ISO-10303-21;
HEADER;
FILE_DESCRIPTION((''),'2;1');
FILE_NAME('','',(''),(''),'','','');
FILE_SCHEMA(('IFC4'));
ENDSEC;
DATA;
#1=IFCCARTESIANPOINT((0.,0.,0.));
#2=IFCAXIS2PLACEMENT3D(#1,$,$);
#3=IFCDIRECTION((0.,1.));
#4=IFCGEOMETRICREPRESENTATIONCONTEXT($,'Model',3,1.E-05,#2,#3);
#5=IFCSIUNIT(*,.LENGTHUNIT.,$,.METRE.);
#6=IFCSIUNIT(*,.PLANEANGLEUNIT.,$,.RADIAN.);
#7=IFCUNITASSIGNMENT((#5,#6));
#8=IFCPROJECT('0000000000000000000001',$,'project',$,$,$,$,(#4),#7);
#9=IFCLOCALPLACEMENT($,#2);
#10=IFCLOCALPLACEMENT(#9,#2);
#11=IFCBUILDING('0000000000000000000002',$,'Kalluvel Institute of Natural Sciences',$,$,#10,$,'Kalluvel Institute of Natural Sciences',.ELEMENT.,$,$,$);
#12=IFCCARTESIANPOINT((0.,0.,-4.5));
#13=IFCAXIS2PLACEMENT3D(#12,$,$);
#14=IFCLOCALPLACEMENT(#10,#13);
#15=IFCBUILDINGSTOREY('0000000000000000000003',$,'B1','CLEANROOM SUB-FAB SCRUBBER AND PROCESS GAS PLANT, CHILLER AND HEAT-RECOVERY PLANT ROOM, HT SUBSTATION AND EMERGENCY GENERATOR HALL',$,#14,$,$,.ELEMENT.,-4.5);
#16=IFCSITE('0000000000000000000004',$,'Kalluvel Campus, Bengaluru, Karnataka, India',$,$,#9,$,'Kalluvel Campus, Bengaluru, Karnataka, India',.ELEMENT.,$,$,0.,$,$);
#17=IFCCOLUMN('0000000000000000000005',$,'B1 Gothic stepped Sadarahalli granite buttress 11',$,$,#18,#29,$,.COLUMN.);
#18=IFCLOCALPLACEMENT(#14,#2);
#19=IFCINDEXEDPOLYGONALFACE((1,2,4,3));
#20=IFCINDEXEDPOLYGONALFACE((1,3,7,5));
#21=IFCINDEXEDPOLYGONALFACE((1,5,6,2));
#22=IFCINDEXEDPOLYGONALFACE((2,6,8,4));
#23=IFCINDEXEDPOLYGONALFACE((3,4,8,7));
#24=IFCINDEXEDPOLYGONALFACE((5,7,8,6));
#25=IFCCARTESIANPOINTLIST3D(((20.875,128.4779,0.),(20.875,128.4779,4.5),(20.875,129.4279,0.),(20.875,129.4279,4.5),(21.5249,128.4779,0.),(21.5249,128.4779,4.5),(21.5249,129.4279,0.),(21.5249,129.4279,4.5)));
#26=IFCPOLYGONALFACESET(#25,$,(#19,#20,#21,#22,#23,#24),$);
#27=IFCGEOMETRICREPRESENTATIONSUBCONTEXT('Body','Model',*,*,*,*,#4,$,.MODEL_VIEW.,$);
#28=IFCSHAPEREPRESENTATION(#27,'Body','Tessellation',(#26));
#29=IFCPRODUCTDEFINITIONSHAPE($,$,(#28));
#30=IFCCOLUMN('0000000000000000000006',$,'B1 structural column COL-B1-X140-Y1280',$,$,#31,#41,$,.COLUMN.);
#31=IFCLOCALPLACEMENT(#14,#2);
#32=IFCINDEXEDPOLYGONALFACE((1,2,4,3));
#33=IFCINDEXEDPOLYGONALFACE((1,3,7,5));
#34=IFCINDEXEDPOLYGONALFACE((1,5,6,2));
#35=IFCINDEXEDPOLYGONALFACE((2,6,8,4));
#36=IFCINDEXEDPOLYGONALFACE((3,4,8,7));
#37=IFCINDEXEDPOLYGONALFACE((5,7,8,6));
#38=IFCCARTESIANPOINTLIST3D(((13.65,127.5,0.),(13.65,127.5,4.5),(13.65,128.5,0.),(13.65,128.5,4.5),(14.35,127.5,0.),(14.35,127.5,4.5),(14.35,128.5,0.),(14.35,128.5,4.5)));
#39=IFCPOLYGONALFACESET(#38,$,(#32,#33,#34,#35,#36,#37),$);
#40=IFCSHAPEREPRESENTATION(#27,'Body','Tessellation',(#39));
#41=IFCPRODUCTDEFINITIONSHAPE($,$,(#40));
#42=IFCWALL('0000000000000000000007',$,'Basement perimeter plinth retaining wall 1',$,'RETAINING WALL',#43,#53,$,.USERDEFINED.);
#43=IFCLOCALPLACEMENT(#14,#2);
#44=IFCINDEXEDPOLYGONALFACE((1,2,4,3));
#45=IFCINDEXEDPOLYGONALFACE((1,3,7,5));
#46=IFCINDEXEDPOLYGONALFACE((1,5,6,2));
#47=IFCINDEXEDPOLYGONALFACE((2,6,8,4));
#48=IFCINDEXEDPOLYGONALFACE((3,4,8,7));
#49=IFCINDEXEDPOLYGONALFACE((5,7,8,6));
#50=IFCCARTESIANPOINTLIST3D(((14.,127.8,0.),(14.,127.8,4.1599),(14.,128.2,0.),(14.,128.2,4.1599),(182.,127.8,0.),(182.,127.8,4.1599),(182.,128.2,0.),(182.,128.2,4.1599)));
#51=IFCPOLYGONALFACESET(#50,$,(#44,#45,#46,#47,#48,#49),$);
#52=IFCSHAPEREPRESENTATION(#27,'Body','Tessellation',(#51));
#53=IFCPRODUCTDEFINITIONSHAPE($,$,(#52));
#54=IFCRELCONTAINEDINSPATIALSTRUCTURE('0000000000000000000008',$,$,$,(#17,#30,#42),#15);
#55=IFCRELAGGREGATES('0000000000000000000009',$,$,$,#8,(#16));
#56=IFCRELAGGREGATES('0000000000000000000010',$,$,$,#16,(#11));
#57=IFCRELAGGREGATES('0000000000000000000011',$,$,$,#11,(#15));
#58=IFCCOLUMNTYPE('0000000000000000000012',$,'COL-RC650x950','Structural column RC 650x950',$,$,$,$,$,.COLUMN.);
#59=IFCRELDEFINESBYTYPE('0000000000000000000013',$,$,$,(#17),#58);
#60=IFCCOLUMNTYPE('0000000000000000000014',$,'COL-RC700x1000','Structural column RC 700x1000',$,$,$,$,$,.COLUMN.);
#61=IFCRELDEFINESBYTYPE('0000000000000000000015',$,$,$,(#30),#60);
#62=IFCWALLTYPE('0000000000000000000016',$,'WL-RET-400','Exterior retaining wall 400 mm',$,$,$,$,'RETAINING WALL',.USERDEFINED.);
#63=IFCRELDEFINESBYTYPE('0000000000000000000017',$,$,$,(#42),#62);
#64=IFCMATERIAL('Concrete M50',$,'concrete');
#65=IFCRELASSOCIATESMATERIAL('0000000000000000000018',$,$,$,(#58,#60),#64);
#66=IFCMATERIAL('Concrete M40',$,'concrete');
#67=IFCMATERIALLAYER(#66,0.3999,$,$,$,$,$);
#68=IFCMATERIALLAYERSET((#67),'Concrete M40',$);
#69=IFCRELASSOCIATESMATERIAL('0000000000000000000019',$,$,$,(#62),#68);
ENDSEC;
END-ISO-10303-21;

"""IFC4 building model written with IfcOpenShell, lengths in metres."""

from ifc_helpers import new_model, si_unit, direction, frame, frame_2d, origin, origin_2d, place, context, subcontext, project, spatial, rectangle, extrude, material, layer, layer_set, material_profile, profile_set, type_object, element, save


model = new_model("IFC4")

# Units and contexts
model_context = context("Model", 3, precision=1e-05, world=origin(), true_north=direction((0.0, 1.0)))
body_context = subcontext(model_context, "Body", "Model", "MODEL_VIEW")
ifc_project = project(units=[si_unit("LENGTHUNIT", "METRE"), si_unit("PLANEANGLEUNIT", "RADIAN")], contexts=[model_context])

# Site, building, storey
site_placement = place(None, origin())
site = spatial("IfcSite", under=ifc_project, at=site_placement, Name="Kalluvel Campus, Bengaluru, Karnataka, India", LongName="Kalluvel Campus, Bengaluru, Karnataka, India", CompositionType="ELEMENT", RefElevation=0.0)
building_placement = place(site_placement, origin())
building = spatial("IfcBuilding", under=site, at=building_placement, Name="Kalluvel Institute of Natural Sciences", LongName="Kalluvel Institute of Natural Sciences", CompositionType="ELEMENT")
storey_placement = place(building_placement, frame((0.0, 0.0, -4.5)))
storey = spatial("IfcBuildingStorey", under=building, at=storey_placement, Name="B1", Description="CLEANROOM SUB-FAB SCRUBBER AND PROCESS GAS PLANT, CHILLER AND HEAT-RECOVERY PLANT ROOM, HT SUBSTATION AND EMERGENCY GENERATOR HALL", CompositionType="ELEMENT", Elevation=-4.5)

# Shared definitions
ifc_material_1 = material(Name="Concrete M40", Category="concrete")

# Columns
ifc_material_2 = material(Name="Concrete M50", Category="concrete")
ifc_material_profile_1 = material_profile(ifc_material_2, rectangle(XDim=0.6499, YDim=0.95, at=origin_2d()), Name="RC 650x950")
ifc_profile_set_1 = profile_set([ifc_material_profile_1], Name="Concrete M50")
column_type_1 = type_object("IfcColumnType", Name="COL-RC650x950", Description="Structural column RC 650x950", PredefinedType="COLUMN", material=ifc_profile_set_1)
for number, where, z_axis, x_axis, name in (
    (1, (21.2, 128.9529, 0.0), (0.0, 0.0, 1.0), (1.0, 0.0, 0.0), "B1 Gothic stepped Sadarahalli granite buttress 11"),
):
    element("IfcColumn", number, at=place(storey_placement, frame(where, z_axis=z_axis, x_axis=x_axis)), inside=storey, type_object=column_type_1, Name=name, PredefinedType="COLUMN", context=body_context, shape_type="SweptSolid", body=[
        extrude(rectangle(XDim=0.6499, YDim=0.95, at=origin_2d()), origin(), (0.0, 0.0, 1.0), 4.5),
    ])
ifc_material_profile_2 = material_profile(ifc_material_2, rectangle(XDim=0.7, YDim=1.0, at=origin_2d()), Name="RC 700x1000")
ifc_profile_set_2 = profile_set([ifc_material_profile_2], Name="Concrete M50")
column_type_2 = type_object("IfcColumnType", Name="COL-RC700x1000", Description="Structural column RC 700x1000", PredefinedType="COLUMN", material=ifc_profile_set_2)
column_placement = place(storey_placement, frame((14.0, 128.0, 0.0), z_axis=(0.0, 0.0, 1.0), x_axis=(1.0, 0.0, 0.0)))
element("IfcColumn", 2, at=column_placement, inside=storey, type_object=column_type_2, Name="B1 structural column COL-B1-X140-Y1280", PredefinedType="COLUMN", context=body_context, shape_type="SweptSolid", body=[
    extrude(rectangle(XDim=0.7, YDim=1.0, at=origin_2d()), origin(), (0.0, 0.0, 1.0), 4.5),
])

# Wall
ifc_layer = layer(ifc_material_1, 0.3999)
ifc_layer_set = layer_set([ifc_layer], Name="Concrete M40")
wall_type = type_object("IfcWallType", Name="WL-RET-400", Description="Exterior retaining wall 400 mm", ElementType="RETAINING WALL", PredefinedType="USERDEFINED", material=ifc_layer_set)
wall_placement = place(storey_placement, frame((14.0, 128.0, 0.0), z_axis=(0.0, 0.0, 1.0), x_axis=(1.0, 0.0, 0.0)))
element("IfcWall", 3, at=wall_placement, inside=storey, type_object=wall_type, Name="Basement perimeter plinth retaining wall 1", ObjectType="RETAINING WALL", PredefinedType="USERDEFINED", context=body_context, shape_type="SweptSolid", body=[
    extrude(rectangle(XDim=168.0, YDim=0.3999, at=frame_2d((84.0, 0.0))), origin(), (0.0, 0.0, 1.0), 4.1599),
])

save(model, "model.ifc")
